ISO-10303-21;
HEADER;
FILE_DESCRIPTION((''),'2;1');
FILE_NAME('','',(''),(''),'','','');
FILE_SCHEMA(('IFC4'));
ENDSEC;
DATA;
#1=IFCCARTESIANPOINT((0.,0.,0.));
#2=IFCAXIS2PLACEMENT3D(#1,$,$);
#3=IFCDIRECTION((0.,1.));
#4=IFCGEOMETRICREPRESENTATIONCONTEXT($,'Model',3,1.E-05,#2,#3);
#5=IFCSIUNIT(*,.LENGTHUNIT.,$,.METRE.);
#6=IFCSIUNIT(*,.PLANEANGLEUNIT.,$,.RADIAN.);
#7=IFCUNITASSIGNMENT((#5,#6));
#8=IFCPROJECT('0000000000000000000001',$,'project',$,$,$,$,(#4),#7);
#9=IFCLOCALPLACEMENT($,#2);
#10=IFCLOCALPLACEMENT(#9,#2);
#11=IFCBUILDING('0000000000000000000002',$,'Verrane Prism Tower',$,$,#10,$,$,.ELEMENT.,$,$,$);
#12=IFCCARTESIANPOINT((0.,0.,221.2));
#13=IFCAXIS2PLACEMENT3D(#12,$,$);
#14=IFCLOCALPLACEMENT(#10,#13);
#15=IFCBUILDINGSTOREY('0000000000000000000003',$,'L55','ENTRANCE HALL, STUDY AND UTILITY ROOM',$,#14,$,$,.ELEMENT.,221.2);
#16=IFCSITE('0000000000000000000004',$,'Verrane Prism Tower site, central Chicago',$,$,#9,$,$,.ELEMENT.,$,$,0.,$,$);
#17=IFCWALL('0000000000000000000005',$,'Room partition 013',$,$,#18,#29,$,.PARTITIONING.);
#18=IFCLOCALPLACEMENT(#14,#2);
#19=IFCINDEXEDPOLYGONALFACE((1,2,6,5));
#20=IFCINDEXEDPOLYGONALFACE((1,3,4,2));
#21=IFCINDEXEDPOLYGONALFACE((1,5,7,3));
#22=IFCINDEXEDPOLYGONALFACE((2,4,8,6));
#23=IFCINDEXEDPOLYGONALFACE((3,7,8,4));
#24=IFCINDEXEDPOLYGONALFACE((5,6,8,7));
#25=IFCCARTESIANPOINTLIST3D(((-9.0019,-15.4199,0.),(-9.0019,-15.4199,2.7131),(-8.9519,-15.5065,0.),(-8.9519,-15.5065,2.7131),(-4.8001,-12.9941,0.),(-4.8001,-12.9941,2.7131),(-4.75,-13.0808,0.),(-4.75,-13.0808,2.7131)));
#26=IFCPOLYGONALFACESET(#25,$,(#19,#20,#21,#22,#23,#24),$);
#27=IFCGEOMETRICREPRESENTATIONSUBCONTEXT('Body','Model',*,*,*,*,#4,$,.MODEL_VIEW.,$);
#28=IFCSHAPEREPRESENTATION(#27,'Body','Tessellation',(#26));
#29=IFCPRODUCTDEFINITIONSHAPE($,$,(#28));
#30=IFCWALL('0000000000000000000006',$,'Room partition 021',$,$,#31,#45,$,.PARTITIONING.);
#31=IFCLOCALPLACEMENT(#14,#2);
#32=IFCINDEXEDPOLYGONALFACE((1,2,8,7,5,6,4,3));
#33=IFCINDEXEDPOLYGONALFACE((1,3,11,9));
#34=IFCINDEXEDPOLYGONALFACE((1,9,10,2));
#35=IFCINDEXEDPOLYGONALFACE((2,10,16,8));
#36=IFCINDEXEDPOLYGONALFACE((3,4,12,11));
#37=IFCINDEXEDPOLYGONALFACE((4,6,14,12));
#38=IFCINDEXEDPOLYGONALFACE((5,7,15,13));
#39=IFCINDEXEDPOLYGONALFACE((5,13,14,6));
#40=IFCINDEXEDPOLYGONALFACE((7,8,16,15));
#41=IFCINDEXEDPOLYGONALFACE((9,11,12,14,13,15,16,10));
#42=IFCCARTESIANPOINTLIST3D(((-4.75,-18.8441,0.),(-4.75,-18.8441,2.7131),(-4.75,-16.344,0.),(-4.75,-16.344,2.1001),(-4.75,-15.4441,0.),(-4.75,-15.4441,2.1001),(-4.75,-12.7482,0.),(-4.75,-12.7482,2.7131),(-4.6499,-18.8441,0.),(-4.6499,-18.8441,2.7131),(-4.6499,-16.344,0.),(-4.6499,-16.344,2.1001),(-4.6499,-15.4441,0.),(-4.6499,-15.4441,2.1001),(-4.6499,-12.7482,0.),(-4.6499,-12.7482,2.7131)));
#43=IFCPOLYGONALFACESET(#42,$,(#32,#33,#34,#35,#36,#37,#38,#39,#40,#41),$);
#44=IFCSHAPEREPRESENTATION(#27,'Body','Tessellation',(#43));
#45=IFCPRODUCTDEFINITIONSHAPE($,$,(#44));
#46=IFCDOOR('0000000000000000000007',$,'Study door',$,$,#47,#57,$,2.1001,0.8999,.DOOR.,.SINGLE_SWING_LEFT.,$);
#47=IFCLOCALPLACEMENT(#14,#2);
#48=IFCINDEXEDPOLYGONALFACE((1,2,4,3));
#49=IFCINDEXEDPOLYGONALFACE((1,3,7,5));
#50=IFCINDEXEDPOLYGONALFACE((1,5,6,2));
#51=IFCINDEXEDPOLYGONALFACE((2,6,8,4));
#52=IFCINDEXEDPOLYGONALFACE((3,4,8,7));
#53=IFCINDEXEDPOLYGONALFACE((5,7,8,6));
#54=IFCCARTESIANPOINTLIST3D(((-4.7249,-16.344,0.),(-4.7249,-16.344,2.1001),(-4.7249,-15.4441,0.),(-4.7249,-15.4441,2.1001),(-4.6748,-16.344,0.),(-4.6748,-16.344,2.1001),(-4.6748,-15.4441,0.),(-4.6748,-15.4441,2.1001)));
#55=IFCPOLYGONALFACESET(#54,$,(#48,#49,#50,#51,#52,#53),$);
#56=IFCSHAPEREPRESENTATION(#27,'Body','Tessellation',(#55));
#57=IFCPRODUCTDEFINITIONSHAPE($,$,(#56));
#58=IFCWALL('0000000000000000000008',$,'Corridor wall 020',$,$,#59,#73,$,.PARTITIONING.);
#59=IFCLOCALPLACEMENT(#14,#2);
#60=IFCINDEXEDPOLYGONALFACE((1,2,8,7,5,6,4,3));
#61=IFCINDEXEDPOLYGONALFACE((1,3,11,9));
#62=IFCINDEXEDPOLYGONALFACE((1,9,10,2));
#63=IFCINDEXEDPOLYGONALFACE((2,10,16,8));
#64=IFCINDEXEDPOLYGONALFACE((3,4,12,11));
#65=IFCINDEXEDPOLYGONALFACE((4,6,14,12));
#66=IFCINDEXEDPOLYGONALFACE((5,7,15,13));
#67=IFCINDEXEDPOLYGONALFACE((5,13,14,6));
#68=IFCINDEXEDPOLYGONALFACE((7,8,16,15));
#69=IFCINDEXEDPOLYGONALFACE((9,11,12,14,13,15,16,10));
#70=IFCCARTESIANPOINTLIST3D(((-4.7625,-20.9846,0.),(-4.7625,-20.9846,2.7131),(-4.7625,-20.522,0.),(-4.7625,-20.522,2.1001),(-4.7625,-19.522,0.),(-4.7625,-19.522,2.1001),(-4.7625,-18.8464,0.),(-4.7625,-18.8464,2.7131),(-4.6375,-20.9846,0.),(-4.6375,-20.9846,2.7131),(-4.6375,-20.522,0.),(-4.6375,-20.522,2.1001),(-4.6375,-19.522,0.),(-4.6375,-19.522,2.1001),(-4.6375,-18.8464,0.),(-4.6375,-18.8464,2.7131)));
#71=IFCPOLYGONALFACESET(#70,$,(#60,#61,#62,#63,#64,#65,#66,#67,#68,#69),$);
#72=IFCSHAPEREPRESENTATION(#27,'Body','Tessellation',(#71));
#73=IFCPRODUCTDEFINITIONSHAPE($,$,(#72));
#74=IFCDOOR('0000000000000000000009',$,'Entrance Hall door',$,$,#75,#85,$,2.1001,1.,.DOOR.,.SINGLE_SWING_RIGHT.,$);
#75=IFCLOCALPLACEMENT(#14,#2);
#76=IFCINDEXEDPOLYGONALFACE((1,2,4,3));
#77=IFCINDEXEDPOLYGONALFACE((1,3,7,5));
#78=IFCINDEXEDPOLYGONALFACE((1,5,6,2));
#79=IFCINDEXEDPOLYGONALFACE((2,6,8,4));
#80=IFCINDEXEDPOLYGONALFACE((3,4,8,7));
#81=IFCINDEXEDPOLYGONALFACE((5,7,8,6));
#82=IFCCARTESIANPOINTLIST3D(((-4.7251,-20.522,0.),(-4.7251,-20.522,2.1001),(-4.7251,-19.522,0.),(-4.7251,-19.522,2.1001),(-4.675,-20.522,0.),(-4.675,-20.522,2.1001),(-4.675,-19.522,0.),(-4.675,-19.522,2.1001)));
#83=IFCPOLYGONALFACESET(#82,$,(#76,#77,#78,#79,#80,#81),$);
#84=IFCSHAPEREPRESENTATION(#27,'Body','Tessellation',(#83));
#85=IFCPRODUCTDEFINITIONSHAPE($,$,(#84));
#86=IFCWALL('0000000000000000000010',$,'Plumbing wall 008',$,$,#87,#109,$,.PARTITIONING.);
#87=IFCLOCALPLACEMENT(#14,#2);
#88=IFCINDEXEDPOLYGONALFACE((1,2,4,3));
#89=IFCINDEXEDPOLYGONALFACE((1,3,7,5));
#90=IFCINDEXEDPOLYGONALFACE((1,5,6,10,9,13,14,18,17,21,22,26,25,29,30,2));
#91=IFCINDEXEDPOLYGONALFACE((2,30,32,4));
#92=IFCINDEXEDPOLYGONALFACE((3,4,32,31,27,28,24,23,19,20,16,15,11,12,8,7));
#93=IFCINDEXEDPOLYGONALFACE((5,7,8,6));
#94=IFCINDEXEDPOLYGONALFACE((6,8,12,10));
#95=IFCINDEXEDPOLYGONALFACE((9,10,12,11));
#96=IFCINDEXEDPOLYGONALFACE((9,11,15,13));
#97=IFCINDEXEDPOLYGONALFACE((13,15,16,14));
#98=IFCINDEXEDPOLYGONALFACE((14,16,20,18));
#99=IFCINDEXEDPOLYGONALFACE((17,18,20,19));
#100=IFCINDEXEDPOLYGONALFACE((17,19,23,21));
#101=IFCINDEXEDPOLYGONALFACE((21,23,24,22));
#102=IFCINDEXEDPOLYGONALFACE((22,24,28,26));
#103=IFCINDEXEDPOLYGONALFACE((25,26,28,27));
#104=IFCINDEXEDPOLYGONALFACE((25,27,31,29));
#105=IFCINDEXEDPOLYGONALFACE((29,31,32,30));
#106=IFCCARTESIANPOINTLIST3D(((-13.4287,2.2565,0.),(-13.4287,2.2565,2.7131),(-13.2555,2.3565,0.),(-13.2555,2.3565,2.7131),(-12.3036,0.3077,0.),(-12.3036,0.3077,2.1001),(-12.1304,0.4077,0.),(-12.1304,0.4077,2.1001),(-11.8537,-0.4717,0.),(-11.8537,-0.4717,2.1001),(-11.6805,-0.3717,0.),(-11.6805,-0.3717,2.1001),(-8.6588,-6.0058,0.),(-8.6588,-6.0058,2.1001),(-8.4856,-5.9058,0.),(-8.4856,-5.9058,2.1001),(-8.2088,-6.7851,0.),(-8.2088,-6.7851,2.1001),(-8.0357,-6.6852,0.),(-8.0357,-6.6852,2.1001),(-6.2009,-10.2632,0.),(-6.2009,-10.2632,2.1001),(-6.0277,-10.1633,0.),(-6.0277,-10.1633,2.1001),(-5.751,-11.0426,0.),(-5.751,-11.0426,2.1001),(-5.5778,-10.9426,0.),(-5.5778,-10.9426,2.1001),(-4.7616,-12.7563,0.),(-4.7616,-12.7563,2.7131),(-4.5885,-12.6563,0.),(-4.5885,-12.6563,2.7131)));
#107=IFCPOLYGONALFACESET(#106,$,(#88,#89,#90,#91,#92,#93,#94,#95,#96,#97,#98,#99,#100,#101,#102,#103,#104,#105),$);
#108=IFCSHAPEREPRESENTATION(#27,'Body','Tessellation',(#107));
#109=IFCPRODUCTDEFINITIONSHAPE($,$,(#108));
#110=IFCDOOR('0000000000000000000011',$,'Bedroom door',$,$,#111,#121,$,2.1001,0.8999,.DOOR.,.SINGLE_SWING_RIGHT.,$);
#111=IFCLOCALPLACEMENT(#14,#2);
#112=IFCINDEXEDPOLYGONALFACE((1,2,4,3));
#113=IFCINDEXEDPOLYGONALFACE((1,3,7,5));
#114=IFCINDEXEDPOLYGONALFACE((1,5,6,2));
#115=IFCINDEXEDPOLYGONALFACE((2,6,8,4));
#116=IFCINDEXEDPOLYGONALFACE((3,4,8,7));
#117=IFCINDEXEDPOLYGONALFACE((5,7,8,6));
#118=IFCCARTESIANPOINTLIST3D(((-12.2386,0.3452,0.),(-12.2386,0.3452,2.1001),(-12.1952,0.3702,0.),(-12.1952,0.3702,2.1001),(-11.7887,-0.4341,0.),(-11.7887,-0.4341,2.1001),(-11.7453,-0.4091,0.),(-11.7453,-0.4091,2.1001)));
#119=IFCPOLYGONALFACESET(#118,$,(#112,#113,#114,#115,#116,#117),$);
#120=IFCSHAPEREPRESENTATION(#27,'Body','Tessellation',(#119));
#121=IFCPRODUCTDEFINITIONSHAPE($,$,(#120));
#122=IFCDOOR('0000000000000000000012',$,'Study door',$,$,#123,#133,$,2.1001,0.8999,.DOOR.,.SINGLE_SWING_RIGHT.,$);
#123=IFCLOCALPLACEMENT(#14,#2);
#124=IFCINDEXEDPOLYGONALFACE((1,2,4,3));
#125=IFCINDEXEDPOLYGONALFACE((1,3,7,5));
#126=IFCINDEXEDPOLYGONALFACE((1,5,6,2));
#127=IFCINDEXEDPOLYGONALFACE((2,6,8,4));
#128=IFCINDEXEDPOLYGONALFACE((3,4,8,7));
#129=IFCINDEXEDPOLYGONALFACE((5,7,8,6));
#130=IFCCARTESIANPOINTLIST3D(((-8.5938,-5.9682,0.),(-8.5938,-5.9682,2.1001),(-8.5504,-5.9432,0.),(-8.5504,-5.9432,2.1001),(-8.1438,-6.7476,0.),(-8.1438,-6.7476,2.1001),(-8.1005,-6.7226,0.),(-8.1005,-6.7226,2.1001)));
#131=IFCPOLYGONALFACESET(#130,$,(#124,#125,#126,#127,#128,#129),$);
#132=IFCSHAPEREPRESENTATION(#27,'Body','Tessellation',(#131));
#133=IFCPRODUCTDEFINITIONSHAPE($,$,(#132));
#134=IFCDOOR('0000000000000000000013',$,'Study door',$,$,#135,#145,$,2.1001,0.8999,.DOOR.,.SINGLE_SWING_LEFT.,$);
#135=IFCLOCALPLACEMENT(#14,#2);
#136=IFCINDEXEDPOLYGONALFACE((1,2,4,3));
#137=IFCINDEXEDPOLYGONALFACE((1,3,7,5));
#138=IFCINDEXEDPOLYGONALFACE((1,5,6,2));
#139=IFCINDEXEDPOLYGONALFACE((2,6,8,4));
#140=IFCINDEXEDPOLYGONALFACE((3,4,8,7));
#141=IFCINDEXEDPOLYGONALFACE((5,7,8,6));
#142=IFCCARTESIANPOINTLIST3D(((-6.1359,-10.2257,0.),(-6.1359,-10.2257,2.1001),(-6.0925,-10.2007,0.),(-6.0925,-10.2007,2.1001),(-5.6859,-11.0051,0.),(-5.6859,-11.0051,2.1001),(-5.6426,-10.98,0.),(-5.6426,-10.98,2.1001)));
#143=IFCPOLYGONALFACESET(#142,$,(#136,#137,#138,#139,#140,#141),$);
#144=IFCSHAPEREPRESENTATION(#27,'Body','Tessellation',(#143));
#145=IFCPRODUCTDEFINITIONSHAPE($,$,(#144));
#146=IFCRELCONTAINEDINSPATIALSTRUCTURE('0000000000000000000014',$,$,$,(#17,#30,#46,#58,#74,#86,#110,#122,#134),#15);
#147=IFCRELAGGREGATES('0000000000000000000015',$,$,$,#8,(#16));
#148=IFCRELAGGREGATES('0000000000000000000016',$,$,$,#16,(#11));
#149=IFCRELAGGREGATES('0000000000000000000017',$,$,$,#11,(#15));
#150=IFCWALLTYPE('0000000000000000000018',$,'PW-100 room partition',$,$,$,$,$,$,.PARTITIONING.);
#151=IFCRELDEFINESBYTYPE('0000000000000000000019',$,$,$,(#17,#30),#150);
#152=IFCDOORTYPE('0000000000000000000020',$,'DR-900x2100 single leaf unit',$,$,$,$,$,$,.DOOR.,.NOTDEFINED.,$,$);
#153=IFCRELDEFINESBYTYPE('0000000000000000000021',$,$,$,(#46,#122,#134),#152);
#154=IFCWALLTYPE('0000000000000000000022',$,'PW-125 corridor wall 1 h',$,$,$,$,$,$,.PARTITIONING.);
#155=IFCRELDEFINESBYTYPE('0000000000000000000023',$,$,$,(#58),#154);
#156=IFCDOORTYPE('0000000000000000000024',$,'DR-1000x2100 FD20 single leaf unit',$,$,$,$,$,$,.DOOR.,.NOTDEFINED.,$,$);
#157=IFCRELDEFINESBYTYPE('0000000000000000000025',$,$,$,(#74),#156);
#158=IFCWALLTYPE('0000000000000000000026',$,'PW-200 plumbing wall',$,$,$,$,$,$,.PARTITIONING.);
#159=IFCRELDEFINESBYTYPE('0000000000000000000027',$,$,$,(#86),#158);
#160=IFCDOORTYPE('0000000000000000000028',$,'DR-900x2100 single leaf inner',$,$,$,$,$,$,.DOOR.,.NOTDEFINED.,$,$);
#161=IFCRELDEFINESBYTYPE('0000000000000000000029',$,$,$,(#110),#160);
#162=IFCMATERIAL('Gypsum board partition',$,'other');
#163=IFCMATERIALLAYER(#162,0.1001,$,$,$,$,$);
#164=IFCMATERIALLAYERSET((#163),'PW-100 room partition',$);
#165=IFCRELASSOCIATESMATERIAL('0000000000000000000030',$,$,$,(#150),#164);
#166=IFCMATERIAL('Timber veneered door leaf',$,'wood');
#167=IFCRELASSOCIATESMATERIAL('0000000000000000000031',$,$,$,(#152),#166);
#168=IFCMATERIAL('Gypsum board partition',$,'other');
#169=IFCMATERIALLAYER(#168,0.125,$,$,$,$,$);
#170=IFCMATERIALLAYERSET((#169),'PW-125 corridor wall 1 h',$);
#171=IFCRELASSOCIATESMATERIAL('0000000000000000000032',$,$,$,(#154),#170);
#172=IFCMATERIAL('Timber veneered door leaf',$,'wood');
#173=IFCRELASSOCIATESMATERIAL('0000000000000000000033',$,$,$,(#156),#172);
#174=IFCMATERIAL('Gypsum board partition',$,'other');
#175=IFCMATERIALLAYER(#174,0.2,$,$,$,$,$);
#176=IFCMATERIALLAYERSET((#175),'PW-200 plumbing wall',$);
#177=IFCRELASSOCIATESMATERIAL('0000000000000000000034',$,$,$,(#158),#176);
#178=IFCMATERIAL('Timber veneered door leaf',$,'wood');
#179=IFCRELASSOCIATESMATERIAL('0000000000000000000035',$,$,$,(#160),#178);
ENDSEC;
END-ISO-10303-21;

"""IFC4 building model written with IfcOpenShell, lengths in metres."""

from ifc_helpers import new_model, si_unit, direction, frame, frame_2d, origin, place, context, subcontext, project, spatial, rectangle, extrude, material, layer, layer_set, type_object, element, fill, save


model = new_model("IFC4")

# Units and contexts
model_context = context("Model", 3, precision=1e-05, world=origin(), true_north=direction((0.0, 1.0)))
body_context = subcontext(model_context, "Body", "Model", "MODEL_VIEW")
ifc_project = project(units=[si_unit("LENGTHUNIT", "METRE"), si_unit("PLANEANGLEUNIT", "RADIAN")], contexts=[model_context])

# Site, building, storey
site_placement = place(None, origin())
site = spatial("IfcSite", under=ifc_project, at=site_placement, Name="Verrane Prism Tower site, central Chicago", CompositionType="ELEMENT", RefElevation=0.0)
building_placement = place(site_placement, origin())
building = spatial("IfcBuilding", under=site, at=building_placement, Name="Verrane Prism Tower", CompositionType="ELEMENT")
storey_placement = place(building_placement, frame((0.0, 0.0, 221.2)))
storey = spatial("IfcBuildingStorey", under=building, at=storey_placement, Name="L55", Description="ENTRANCE HALL, STUDY AND UTILITY ROOM", CompositionType="ELEMENT", Elevation=221.2)

# Wall
ifc_material_1 = material(Name="Gypsum board partition", Category="other")
ifc_layer_1 = layer(ifc_material_1, 0.1001)
ifc_layer_set_1 = layer_set([ifc_layer_1], Name="PW-100 room partition")
wall_type_1 = type_object("IfcWallType", Name="PW-100 room partition", PredefinedType="PARTITIONING", material=ifc_layer_set_1)
wall_1_placement = place(storey_placement, frame((-8.9768, -15.4631, 0.0), z_axis=(0.0, 0.0, 1.0), x_axis=(0.866042, 0.499971, 0.0)))
element("IfcWall", 1, at=wall_1_placement, inside=storey, type_object=wall_type_1, Name="Room partition 013", PredefinedType="PARTITIONING", context=body_context, shape_type="SweptSolid", body=[
    extrude(rectangle(XDim=4.8518, YDim=0.1001, at=frame_2d((2.4258, 0.0))), origin(), (0.0, 0.0, 1.0), 2.7131),
])

# Walls, openings, doors
wall_2_placement = place(storey_placement, frame((-4.7, -18.844, 0.0), z_axis=(0.0, 0.0, 1.0), x_axis=(0.0, 1.0, 0.0)))
wall_2 = element("IfcWall", 2, at=wall_2_placement, inside=storey, type_object=wall_type_1, Name="Room partition 021", PredefinedType="PARTITIONING", context=body_context, shape_type="SweptSolid", body=[
    extrude(rectangle(XDim=6.0959, YDim=0.1001, at=frame_2d((3.0479, 0.0))), origin(), (0.0, 0.0, 1.0), 2.7131),
])
opening_1_placement = place(wall_2_placement, frame((2.5, 0.0, 0.0)))
opening_1 = element("IfcOpeningElement", 3, at=opening_1_placement, cuts=wall_2, PredefinedType="OPENING", context=body_context, shape_type="SweptSolid", body=[
    extrude(rectangle(XDim=0.8999, YDim=2.1001, at=frame_2d((0.45, 1.05))), frame((0.0, 0.0601, 0.0), z_axis=(0.0, -1.0, 0.0), x_axis=(1.0, 0.0, 0.0)), (0.0, 0.0, 1.0), 0.1201),
])
ifc_material_2 = material(Name="Timber veneered door leaf", Category="wood")
door_type_1 = type_object("IfcDoorType", Name="DR-900x2100 single leaf unit", OperationType="NOTDEFINED", PredefinedType="DOOR", material=ifc_material_2)
door_1_placement = place(opening_1_placement, origin())
door_1 = element("IfcDoor", 4, at=door_1_placement, inside=storey, type_object=door_type_1, Name="Study door", OperationType="SINGLE_SWING_LEFT", OverallHeight=2.1001, OverallWidth=0.8999, PredefinedType="DOOR", context=body_context, shape_type="SweptSolid", body=[
    extrude(rectangle(XDim=0.8999, YDim=2.1001, at=frame_2d((0.45, 1.05))), frame((0.0, 0.0249, 0.0), z_axis=(0.0, -1.0, 0.0), x_axis=(1.0, 0.0, 0.0)), (0.0, 0.0, 1.0), 0.05),
])
fill(opening_1, door_1)
ifc_material_3 = material(Name="Gypsum board partition", Category="other")
ifc_layer_2 = layer(ifc_material_3, 0.125)
ifc_layer_set_2 = layer_set([ifc_layer_2], Name="PW-125 corridor wall 1 h")
wall_type_2 = type_object("IfcWallType", Name="PW-125 corridor wall 1 h", PredefinedType="PARTITIONING", material=ifc_layer_set_2)
wall_3_placement = place(storey_placement, frame((-4.7, -18.8464, 0.0), z_axis=(0.0, 0.0, 1.0), x_axis=(0.0, -1.0, 0.0)))
wall_3 = element("IfcWall", 5, at=wall_3_placement, inside=storey, type_object=wall_type_2, Name="Corridor wall 020", PredefinedType="PARTITIONING", context=body_context, shape_type="SweptSolid", body=[
    extrude(rectangle(XDim=2.1382, YDim=0.125, at=frame_2d((1.0691, 0.0))), origin(), (0.0, 0.0, 1.0), 2.7131),
])
opening_2_placement = place(wall_3_placement, frame((0.6755, 0.0, 0.0)))
opening_2 = element("IfcOpeningElement", 6, at=opening_2_placement, cuts=wall_3, PredefinedType="OPENING", context=body_context, shape_type="SweptSolid", body=[
    extrude(rectangle(XDim=1.0, YDim=2.1001, at=frame_2d((0.5, 1.05))), frame((0.0, 0.0725, 0.0), z_axis=(0.0, -1.0, 0.0), x_axis=(1.0, 0.0, 0.0)), (0.0, 0.0, 1.0), 0.145),
])
ifc_material_4 = material(Name="Timber veneered door leaf", Category="wood")
door_type_2 = type_object("IfcDoorType", Name="DR-1000x2100 FD20 single leaf unit", OperationType="NOTDEFINED", PredefinedType="DOOR", material=ifc_material_4)
door_2_placement = place(opening_2_placement, origin())
door_2 = element("IfcDoor", 7, at=door_2_placement, inside=storey, type_object=door_type_2, Name="Entrance Hall door", OperationType="SINGLE_SWING_RIGHT", OverallHeight=2.1001, OverallWidth=1.0, PredefinedType="DOOR", context=body_context, shape_type="SweptSolid", body=[
    extrude(rectangle(XDim=1.0, YDim=2.1001, at=frame_2d((0.5, 1.05))), frame((0.0, 0.0249, 0.0), z_axis=(0.0, -1.0, 0.0), x_axis=(1.0, 0.0, 0.0)), (0.0, 0.0, 1.0), 0.05),
])
fill(opening_2, door_2)

# Wall, openings, doors
ifc_material_5 = material(Name="Gypsum board partition", Category="other")
ifc_layer_3 = layer(ifc_material_5, 0.2)
ifc_layer_set_3 = layer_set([ifc_layer_3], Name="PW-200 plumbing wall")
wall_type_3 = type_object("IfcWallType", Name="PW-200 plumbing wall", PredefinedType="PARTITIONING", material=ifc_layer_set_3)
wall_4_placement = place(storey_placement, frame((-4.675, -12.7063, 0.0), z_axis=(0.0, 0.0, 1.0), x_axis=(-0.499974, 0.86604, 0.0)))
wall_4 = element("IfcWall", 8, at=wall_4_placement, inside=storey, type_object=wall_type_3, Name="Plumbing wall 008", PredefinedType="PARTITIONING", context=body_context, shape_type="SweptSolid", body=[
    extrude(rectangle(XDim=17.335, YDim=0.2, at=frame_2d((8.6675, 0.0))), origin(), (0.0, 0.0, 1.0), 2.7131),
])
opening_3_placement = place(wall_4_placement, frame((14.1848, 0.0, 0.0)))
opening_3 = element("IfcOpeningElement", 9, at=opening_3_placement, cuts=wall_4, PredefinedType="OPENING", context=body_context, shape_type="SweptSolid", body=[
    extrude(rectangle(XDim=0.8999, YDim=2.1001, at=frame_2d((0.45, 1.05))), frame((0.0, 0.1099, 0.0), z_axis=(0.0, -1.0, 0.0), x_axis=(1.0, 0.0, 0.0)), (0.0, 0.0, 1.0), 0.22),
])
opening_4_placement = place(wall_4_placement, frame((6.8948, 0.0, 0.0)))
opening_4 = element("IfcOpeningElement", 10, at=opening_4_placement, cuts=wall_4, PredefinedType="OPENING", context=body_context, shape_type="SweptSolid", body=[
    extrude(rectangle(XDim=0.8999, YDim=2.1001, at=frame_2d((0.45, 1.05))), frame((0.0, 0.1099, 0.0), z_axis=(0.0, -1.0, 0.0), x_axis=(1.0, 0.0, 0.0)), (0.0, 0.0, 1.0), 0.22),
])
opening_5_placement = place(wall_4_placement, frame((1.9788, 0.0, 0.0)))
opening_5 = element("IfcOpeningElement", 11, at=opening_5_placement, cuts=wall_4, PredefinedType="OPENING", context=body_context, shape_type="SweptSolid", body=[
    extrude(rectangle(XDim=0.8999, YDim=2.1001, at=frame_2d((0.45, 1.05))), frame((0.0, 0.1099, 0.0), z_axis=(0.0, -1.0, 0.0), x_axis=(1.0, 0.0, 0.0)), (0.0, 0.0, 1.0), 0.22),
])
ifc_material_6 = material(Name="Timber veneered door leaf", Category="wood")
door_type_3 = type_object("IfcDoorType", Name="DR-900x2100 single leaf inner", OperationType="NOTDEFINED", PredefinedType="DOOR", material=ifc_material_6)
door_3_placement = place(opening_3_placement, origin())
door_3 = element("IfcDoor", 12, at=door_3_placement, inside=storey, type_object=door_type_3, Name="Bedroom door", OperationType="SINGLE_SWING_RIGHT", OverallHeight=2.1001, OverallWidth=0.8999, PredefinedType="DOOR", context=body_context, shape_type="SweptSolid", body=[
    extrude(rectangle(XDim=0.8999, YDim=2.1001, at=frame_2d((0.45, 1.05))), frame((0.0, 0.0249, 0.0), z_axis=(0.0, -1.0, 0.0), x_axis=(1.0, 0.0, 0.0)), (0.0, 0.0, 1.0), 0.05),
])
fill(opening_3, door_3)
door_4_placement = place(opening_4_placement, origin())
door_4 = element("IfcDoor", 13, at=door_4_placement, inside=storey, type_object=door_type_1, Name="Study door", OperationType="SINGLE_SWING_RIGHT", OverallHeight=2.1001, OverallWidth=0.8999, PredefinedType="DOOR", context=body_context, shape_type="SweptSolid", body=[
    extrude(rectangle(XDim=0.8999, YDim=2.1001, at=frame_2d((0.45, 1.05))), frame((0.0, 0.0249, 0.0), z_axis=(0.0, -1.0, 0.0), x_axis=(1.0, 0.0, 0.0)), (0.0, 0.0, 1.0), 0.05),
])
fill(opening_4, door_4)
door_5_placement = place(opening_5_placement, origin())
door_5 = element("IfcDoor", 14, at=door_5_placement, inside=storey, type_object=door_type_1, Name="Study door", OperationType="SINGLE_SWING_LEFT", OverallHeight=2.1001, OverallWidth=0.8999, PredefinedType="DOOR", context=body_context, shape_type="SweptSolid", body=[
    extrude(rectangle(XDim=0.8999, YDim=2.1001, at=frame_2d((0.45, 1.05))), frame((0.0, 0.0249, 0.0), z_axis=(0.0, -1.0, 0.0), x_axis=(1.0, 0.0, 0.0)), (0.0, 0.0, 1.0), 0.05),
])
fill(opening_5, door_5)

save(model, "model.ifc")
